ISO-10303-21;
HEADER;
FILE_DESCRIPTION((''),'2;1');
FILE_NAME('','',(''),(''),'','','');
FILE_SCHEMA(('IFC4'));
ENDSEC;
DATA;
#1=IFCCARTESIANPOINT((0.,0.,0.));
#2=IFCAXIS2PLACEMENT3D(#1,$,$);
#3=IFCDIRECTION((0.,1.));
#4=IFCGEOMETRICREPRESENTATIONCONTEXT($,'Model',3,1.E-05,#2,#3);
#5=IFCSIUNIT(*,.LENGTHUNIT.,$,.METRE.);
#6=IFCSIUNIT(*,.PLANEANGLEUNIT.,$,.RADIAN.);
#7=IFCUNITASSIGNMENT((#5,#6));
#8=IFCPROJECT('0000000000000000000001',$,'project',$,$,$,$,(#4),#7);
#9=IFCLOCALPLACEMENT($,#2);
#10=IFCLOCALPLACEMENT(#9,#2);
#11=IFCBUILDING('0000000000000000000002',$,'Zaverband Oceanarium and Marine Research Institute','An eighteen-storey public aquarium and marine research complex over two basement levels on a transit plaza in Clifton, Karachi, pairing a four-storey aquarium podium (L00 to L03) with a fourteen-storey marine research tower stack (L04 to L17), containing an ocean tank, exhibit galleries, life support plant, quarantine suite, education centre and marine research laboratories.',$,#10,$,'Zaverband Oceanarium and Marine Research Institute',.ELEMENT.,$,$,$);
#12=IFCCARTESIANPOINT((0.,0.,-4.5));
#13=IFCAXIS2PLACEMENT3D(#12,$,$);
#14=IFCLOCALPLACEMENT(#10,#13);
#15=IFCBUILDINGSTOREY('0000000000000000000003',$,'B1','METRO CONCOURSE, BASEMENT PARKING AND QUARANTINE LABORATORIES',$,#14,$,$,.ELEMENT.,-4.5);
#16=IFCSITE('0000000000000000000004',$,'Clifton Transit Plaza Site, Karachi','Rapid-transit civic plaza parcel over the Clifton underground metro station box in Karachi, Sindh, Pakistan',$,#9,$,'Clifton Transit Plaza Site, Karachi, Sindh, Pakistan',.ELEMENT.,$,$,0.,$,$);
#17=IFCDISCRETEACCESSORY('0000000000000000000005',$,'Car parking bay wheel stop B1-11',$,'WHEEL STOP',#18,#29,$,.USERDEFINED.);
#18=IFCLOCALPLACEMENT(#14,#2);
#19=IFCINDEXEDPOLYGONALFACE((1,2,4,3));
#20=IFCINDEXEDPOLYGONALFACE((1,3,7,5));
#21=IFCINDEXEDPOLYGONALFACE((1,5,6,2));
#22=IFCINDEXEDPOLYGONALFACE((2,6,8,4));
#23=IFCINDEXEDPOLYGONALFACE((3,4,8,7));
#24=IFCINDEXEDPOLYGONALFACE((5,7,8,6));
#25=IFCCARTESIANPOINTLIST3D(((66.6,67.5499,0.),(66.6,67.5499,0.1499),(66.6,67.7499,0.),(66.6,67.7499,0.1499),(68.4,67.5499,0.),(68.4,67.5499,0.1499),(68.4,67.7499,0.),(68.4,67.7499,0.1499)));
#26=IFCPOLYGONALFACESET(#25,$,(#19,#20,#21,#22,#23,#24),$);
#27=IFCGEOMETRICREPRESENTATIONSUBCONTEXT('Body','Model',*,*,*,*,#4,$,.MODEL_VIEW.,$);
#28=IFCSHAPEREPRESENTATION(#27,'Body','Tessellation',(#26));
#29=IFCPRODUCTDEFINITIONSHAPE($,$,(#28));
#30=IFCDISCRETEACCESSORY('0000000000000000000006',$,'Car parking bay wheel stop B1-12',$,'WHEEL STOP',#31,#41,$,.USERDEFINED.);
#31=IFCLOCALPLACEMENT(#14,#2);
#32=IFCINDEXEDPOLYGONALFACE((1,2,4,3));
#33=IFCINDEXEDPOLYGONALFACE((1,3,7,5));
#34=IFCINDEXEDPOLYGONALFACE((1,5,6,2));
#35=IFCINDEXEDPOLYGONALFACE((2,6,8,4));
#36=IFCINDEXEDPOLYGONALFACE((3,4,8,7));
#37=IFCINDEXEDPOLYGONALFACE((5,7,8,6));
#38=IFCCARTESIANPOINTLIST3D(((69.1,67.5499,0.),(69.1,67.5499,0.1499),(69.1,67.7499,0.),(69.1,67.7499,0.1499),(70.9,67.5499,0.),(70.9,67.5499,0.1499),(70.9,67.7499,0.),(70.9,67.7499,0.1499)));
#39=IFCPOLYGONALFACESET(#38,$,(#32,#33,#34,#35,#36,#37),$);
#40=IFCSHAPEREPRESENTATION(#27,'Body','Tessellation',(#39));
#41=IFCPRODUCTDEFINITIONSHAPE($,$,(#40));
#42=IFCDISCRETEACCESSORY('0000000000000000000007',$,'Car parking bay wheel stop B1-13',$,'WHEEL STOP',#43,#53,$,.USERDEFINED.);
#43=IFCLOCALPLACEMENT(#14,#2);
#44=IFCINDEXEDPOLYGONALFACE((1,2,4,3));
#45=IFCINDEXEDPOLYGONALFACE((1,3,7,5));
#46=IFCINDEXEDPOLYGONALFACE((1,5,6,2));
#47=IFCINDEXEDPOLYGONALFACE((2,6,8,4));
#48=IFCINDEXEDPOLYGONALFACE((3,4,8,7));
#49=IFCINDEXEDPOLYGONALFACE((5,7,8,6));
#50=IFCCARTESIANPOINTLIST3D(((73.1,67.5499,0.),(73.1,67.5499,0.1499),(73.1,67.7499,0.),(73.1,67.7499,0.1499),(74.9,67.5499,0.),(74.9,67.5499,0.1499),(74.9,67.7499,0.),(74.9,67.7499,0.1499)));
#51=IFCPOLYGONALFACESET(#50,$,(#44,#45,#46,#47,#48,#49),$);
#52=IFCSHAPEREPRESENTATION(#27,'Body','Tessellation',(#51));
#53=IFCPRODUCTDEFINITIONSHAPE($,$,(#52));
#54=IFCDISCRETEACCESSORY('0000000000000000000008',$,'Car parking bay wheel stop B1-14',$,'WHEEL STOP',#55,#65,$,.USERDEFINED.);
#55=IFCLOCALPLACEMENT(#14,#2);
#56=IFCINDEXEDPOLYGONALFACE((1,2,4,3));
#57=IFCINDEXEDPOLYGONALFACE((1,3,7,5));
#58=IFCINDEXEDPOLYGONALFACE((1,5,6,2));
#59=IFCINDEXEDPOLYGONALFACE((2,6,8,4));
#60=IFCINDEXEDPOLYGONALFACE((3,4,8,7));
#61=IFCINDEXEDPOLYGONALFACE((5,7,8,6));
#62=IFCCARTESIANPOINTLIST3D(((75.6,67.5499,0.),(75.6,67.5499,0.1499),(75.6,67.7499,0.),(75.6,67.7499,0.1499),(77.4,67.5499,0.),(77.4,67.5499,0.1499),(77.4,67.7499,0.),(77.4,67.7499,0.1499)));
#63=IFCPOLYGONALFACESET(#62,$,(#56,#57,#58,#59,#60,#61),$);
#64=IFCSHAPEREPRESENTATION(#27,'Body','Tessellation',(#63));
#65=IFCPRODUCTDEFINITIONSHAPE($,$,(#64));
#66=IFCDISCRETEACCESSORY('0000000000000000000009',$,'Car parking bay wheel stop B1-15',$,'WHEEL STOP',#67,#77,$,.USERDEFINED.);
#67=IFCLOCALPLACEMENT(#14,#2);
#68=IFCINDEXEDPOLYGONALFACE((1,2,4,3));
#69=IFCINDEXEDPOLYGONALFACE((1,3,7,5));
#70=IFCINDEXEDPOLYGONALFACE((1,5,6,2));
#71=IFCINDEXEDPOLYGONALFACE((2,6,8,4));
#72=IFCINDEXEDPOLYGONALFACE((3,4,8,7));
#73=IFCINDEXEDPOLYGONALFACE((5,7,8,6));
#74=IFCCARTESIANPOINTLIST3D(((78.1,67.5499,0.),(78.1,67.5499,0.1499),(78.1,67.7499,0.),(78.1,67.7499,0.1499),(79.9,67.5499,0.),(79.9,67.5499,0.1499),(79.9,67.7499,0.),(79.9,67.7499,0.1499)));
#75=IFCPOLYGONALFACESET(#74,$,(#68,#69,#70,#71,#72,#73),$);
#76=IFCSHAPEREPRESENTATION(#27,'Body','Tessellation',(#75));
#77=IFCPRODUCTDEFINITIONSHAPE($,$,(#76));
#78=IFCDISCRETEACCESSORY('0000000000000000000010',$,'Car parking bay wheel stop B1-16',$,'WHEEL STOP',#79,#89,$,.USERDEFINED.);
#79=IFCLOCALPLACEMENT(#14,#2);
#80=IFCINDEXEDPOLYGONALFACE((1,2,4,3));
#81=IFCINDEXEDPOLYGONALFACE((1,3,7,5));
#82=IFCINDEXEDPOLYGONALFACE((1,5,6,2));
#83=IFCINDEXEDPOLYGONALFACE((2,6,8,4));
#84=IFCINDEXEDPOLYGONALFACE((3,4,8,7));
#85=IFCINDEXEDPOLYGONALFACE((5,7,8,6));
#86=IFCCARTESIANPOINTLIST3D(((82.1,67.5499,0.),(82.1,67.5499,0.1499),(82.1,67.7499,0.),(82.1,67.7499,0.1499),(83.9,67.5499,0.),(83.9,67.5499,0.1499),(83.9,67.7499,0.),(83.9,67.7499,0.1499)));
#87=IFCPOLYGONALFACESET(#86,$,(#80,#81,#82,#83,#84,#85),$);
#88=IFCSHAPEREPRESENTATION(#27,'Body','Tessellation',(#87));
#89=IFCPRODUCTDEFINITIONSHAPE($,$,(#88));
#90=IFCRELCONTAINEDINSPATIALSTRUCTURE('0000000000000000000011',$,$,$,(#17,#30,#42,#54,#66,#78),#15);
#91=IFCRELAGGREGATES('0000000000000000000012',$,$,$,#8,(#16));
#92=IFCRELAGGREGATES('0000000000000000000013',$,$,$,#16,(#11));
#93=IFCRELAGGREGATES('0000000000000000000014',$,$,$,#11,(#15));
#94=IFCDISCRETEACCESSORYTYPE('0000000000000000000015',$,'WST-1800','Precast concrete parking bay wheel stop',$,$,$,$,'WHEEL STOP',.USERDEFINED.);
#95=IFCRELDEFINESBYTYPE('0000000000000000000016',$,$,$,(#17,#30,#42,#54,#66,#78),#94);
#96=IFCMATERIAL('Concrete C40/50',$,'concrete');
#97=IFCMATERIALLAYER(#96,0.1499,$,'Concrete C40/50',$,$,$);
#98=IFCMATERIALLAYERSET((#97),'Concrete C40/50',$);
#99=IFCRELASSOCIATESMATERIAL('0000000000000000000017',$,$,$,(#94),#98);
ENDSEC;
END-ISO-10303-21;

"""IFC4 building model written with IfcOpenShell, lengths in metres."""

from ifc_helpers import new_model, si_unit, direction, frame, origin, origin_2d, place, context, subcontext, project, spatial, rectangle, extrude, material, layer, layer_set, type_object, element, save


model = new_model("IFC4")

# Units and contexts
model_context = context("Model", 3, precision=1e-05, world=origin(), true_north=direction((0.0, 1.0)))
body_context = subcontext(model_context, "Body", "Model", "MODEL_VIEW")
ifc_project = project(units=[si_unit("LENGTHUNIT", "METRE"), si_unit("PLANEANGLEUNIT", "RADIAN")], contexts=[model_context])

# Site, building, storey
site_placement = place(None, origin())
site = spatial("IfcSite", under=ifc_project, at=site_placement, Name="Clifton Transit Plaza Site, Karachi", Description="Rapid-transit civic plaza parcel over the Clifton underground metro station box in Karachi, Sindh, Pakistan", LongName="Clifton Transit Plaza Site, Karachi, Sindh, Pakistan", CompositionType="ELEMENT", RefElevation=0.0)
building_placement = place(site_placement, origin())
building = spatial("IfcBuilding", under=site, at=building_placement, Name="Zaverband Oceanarium and Marine Research Institute", Description="An eighteen-storey public aquarium and marine research complex over two basement levels on a transit plaza in Clifton, Karachi, pairing a four-storey aquarium podium (L00 to L03) with a fourteen-storey marine research tower stack (L04 to L17), containing an ocean tank, exhibit galleries, life support plant, quarantine suite, education centre and marine research laboratories.", LongName="Zaverband Oceanarium and Marine Research Institute", CompositionType="ELEMENT")
storey_placement = place(building_placement, frame((0.0, 0.0, -4.5)))
storey = spatial("IfcBuildingStorey", under=building, at=storey_placement, Name="B1", Description="METRO CONCOURSE, BASEMENT PARKING AND QUARANTINE LABORATORIES", CompositionType="ELEMENT", Elevation=-4.5)

# Shared definitions
ifc_material_1 = material(Name="Concrete C40/50", Category="concrete")

# Discrete accessories
ifc_layer = layer(ifc_material_1, 0.1499, Name="Concrete C40/50")
ifc_layer_set = layer_set([ifc_layer], Name="Concrete C40/50")
discrete_accessory_type = type_object("IfcDiscreteAccessoryType", Name="WST-1800", Description="Precast concrete parking bay wheel stop", ElementType="WHEEL STOP", PredefinedType="USERDEFINED", material=ifc_layer_set)
for number, where, z_axis, x_axis, name in (
    (1, (67.5, 67.6499, 0.0), (0.0, 0.0, 1.0), (1.0, 0.0, 0.0), "Car parking bay wheel stop B1-11"),
    (2, (70.0, 67.6499, 0.0), (0.0, 0.0, 1.0), (1.0, 0.0, 0.0), "Car parking bay wheel stop B1-12"),
    (3, (74.0, 67.6499, 0.0), (0.0, 0.0, 1.0), (1.0, 0.0, 0.0), "Car parking bay wheel stop B1-13"),
    (4, (76.5, 67.6499, 0.0), (0.0, 0.0, 1.0), (1.0, 0.0, 0.0), "Car parking bay wheel stop B1-14"),
    (5, (79.0, 67.6499, 0.0), (0.0, 0.0, 1.0), (1.0, 0.0, 0.0), "Car parking bay wheel stop B1-15"),
    (6, (83.0, 67.6499, 0.0), (0.0, 0.0, 1.0), (1.0, 0.0, 0.0), "Car parking bay wheel stop B1-16"),
):
    element("IfcDiscreteAccessory", number, at=place(storey_placement, frame(where, z_axis=z_axis, x_axis=x_axis)), inside=storey, type_object=discrete_accessory_type, Name=name, ObjectType="WHEEL STOP", PredefinedType="USERDEFINED", context=body_context, shape_type="SweptSolid", body=[
        extrude(rectangle(XDim=1.8, YDim=0.2, at=origin_2d()), origin(), (0.0, 0.0, 1.0), 0.1499),
    ])

save(model, "model.ifc")
